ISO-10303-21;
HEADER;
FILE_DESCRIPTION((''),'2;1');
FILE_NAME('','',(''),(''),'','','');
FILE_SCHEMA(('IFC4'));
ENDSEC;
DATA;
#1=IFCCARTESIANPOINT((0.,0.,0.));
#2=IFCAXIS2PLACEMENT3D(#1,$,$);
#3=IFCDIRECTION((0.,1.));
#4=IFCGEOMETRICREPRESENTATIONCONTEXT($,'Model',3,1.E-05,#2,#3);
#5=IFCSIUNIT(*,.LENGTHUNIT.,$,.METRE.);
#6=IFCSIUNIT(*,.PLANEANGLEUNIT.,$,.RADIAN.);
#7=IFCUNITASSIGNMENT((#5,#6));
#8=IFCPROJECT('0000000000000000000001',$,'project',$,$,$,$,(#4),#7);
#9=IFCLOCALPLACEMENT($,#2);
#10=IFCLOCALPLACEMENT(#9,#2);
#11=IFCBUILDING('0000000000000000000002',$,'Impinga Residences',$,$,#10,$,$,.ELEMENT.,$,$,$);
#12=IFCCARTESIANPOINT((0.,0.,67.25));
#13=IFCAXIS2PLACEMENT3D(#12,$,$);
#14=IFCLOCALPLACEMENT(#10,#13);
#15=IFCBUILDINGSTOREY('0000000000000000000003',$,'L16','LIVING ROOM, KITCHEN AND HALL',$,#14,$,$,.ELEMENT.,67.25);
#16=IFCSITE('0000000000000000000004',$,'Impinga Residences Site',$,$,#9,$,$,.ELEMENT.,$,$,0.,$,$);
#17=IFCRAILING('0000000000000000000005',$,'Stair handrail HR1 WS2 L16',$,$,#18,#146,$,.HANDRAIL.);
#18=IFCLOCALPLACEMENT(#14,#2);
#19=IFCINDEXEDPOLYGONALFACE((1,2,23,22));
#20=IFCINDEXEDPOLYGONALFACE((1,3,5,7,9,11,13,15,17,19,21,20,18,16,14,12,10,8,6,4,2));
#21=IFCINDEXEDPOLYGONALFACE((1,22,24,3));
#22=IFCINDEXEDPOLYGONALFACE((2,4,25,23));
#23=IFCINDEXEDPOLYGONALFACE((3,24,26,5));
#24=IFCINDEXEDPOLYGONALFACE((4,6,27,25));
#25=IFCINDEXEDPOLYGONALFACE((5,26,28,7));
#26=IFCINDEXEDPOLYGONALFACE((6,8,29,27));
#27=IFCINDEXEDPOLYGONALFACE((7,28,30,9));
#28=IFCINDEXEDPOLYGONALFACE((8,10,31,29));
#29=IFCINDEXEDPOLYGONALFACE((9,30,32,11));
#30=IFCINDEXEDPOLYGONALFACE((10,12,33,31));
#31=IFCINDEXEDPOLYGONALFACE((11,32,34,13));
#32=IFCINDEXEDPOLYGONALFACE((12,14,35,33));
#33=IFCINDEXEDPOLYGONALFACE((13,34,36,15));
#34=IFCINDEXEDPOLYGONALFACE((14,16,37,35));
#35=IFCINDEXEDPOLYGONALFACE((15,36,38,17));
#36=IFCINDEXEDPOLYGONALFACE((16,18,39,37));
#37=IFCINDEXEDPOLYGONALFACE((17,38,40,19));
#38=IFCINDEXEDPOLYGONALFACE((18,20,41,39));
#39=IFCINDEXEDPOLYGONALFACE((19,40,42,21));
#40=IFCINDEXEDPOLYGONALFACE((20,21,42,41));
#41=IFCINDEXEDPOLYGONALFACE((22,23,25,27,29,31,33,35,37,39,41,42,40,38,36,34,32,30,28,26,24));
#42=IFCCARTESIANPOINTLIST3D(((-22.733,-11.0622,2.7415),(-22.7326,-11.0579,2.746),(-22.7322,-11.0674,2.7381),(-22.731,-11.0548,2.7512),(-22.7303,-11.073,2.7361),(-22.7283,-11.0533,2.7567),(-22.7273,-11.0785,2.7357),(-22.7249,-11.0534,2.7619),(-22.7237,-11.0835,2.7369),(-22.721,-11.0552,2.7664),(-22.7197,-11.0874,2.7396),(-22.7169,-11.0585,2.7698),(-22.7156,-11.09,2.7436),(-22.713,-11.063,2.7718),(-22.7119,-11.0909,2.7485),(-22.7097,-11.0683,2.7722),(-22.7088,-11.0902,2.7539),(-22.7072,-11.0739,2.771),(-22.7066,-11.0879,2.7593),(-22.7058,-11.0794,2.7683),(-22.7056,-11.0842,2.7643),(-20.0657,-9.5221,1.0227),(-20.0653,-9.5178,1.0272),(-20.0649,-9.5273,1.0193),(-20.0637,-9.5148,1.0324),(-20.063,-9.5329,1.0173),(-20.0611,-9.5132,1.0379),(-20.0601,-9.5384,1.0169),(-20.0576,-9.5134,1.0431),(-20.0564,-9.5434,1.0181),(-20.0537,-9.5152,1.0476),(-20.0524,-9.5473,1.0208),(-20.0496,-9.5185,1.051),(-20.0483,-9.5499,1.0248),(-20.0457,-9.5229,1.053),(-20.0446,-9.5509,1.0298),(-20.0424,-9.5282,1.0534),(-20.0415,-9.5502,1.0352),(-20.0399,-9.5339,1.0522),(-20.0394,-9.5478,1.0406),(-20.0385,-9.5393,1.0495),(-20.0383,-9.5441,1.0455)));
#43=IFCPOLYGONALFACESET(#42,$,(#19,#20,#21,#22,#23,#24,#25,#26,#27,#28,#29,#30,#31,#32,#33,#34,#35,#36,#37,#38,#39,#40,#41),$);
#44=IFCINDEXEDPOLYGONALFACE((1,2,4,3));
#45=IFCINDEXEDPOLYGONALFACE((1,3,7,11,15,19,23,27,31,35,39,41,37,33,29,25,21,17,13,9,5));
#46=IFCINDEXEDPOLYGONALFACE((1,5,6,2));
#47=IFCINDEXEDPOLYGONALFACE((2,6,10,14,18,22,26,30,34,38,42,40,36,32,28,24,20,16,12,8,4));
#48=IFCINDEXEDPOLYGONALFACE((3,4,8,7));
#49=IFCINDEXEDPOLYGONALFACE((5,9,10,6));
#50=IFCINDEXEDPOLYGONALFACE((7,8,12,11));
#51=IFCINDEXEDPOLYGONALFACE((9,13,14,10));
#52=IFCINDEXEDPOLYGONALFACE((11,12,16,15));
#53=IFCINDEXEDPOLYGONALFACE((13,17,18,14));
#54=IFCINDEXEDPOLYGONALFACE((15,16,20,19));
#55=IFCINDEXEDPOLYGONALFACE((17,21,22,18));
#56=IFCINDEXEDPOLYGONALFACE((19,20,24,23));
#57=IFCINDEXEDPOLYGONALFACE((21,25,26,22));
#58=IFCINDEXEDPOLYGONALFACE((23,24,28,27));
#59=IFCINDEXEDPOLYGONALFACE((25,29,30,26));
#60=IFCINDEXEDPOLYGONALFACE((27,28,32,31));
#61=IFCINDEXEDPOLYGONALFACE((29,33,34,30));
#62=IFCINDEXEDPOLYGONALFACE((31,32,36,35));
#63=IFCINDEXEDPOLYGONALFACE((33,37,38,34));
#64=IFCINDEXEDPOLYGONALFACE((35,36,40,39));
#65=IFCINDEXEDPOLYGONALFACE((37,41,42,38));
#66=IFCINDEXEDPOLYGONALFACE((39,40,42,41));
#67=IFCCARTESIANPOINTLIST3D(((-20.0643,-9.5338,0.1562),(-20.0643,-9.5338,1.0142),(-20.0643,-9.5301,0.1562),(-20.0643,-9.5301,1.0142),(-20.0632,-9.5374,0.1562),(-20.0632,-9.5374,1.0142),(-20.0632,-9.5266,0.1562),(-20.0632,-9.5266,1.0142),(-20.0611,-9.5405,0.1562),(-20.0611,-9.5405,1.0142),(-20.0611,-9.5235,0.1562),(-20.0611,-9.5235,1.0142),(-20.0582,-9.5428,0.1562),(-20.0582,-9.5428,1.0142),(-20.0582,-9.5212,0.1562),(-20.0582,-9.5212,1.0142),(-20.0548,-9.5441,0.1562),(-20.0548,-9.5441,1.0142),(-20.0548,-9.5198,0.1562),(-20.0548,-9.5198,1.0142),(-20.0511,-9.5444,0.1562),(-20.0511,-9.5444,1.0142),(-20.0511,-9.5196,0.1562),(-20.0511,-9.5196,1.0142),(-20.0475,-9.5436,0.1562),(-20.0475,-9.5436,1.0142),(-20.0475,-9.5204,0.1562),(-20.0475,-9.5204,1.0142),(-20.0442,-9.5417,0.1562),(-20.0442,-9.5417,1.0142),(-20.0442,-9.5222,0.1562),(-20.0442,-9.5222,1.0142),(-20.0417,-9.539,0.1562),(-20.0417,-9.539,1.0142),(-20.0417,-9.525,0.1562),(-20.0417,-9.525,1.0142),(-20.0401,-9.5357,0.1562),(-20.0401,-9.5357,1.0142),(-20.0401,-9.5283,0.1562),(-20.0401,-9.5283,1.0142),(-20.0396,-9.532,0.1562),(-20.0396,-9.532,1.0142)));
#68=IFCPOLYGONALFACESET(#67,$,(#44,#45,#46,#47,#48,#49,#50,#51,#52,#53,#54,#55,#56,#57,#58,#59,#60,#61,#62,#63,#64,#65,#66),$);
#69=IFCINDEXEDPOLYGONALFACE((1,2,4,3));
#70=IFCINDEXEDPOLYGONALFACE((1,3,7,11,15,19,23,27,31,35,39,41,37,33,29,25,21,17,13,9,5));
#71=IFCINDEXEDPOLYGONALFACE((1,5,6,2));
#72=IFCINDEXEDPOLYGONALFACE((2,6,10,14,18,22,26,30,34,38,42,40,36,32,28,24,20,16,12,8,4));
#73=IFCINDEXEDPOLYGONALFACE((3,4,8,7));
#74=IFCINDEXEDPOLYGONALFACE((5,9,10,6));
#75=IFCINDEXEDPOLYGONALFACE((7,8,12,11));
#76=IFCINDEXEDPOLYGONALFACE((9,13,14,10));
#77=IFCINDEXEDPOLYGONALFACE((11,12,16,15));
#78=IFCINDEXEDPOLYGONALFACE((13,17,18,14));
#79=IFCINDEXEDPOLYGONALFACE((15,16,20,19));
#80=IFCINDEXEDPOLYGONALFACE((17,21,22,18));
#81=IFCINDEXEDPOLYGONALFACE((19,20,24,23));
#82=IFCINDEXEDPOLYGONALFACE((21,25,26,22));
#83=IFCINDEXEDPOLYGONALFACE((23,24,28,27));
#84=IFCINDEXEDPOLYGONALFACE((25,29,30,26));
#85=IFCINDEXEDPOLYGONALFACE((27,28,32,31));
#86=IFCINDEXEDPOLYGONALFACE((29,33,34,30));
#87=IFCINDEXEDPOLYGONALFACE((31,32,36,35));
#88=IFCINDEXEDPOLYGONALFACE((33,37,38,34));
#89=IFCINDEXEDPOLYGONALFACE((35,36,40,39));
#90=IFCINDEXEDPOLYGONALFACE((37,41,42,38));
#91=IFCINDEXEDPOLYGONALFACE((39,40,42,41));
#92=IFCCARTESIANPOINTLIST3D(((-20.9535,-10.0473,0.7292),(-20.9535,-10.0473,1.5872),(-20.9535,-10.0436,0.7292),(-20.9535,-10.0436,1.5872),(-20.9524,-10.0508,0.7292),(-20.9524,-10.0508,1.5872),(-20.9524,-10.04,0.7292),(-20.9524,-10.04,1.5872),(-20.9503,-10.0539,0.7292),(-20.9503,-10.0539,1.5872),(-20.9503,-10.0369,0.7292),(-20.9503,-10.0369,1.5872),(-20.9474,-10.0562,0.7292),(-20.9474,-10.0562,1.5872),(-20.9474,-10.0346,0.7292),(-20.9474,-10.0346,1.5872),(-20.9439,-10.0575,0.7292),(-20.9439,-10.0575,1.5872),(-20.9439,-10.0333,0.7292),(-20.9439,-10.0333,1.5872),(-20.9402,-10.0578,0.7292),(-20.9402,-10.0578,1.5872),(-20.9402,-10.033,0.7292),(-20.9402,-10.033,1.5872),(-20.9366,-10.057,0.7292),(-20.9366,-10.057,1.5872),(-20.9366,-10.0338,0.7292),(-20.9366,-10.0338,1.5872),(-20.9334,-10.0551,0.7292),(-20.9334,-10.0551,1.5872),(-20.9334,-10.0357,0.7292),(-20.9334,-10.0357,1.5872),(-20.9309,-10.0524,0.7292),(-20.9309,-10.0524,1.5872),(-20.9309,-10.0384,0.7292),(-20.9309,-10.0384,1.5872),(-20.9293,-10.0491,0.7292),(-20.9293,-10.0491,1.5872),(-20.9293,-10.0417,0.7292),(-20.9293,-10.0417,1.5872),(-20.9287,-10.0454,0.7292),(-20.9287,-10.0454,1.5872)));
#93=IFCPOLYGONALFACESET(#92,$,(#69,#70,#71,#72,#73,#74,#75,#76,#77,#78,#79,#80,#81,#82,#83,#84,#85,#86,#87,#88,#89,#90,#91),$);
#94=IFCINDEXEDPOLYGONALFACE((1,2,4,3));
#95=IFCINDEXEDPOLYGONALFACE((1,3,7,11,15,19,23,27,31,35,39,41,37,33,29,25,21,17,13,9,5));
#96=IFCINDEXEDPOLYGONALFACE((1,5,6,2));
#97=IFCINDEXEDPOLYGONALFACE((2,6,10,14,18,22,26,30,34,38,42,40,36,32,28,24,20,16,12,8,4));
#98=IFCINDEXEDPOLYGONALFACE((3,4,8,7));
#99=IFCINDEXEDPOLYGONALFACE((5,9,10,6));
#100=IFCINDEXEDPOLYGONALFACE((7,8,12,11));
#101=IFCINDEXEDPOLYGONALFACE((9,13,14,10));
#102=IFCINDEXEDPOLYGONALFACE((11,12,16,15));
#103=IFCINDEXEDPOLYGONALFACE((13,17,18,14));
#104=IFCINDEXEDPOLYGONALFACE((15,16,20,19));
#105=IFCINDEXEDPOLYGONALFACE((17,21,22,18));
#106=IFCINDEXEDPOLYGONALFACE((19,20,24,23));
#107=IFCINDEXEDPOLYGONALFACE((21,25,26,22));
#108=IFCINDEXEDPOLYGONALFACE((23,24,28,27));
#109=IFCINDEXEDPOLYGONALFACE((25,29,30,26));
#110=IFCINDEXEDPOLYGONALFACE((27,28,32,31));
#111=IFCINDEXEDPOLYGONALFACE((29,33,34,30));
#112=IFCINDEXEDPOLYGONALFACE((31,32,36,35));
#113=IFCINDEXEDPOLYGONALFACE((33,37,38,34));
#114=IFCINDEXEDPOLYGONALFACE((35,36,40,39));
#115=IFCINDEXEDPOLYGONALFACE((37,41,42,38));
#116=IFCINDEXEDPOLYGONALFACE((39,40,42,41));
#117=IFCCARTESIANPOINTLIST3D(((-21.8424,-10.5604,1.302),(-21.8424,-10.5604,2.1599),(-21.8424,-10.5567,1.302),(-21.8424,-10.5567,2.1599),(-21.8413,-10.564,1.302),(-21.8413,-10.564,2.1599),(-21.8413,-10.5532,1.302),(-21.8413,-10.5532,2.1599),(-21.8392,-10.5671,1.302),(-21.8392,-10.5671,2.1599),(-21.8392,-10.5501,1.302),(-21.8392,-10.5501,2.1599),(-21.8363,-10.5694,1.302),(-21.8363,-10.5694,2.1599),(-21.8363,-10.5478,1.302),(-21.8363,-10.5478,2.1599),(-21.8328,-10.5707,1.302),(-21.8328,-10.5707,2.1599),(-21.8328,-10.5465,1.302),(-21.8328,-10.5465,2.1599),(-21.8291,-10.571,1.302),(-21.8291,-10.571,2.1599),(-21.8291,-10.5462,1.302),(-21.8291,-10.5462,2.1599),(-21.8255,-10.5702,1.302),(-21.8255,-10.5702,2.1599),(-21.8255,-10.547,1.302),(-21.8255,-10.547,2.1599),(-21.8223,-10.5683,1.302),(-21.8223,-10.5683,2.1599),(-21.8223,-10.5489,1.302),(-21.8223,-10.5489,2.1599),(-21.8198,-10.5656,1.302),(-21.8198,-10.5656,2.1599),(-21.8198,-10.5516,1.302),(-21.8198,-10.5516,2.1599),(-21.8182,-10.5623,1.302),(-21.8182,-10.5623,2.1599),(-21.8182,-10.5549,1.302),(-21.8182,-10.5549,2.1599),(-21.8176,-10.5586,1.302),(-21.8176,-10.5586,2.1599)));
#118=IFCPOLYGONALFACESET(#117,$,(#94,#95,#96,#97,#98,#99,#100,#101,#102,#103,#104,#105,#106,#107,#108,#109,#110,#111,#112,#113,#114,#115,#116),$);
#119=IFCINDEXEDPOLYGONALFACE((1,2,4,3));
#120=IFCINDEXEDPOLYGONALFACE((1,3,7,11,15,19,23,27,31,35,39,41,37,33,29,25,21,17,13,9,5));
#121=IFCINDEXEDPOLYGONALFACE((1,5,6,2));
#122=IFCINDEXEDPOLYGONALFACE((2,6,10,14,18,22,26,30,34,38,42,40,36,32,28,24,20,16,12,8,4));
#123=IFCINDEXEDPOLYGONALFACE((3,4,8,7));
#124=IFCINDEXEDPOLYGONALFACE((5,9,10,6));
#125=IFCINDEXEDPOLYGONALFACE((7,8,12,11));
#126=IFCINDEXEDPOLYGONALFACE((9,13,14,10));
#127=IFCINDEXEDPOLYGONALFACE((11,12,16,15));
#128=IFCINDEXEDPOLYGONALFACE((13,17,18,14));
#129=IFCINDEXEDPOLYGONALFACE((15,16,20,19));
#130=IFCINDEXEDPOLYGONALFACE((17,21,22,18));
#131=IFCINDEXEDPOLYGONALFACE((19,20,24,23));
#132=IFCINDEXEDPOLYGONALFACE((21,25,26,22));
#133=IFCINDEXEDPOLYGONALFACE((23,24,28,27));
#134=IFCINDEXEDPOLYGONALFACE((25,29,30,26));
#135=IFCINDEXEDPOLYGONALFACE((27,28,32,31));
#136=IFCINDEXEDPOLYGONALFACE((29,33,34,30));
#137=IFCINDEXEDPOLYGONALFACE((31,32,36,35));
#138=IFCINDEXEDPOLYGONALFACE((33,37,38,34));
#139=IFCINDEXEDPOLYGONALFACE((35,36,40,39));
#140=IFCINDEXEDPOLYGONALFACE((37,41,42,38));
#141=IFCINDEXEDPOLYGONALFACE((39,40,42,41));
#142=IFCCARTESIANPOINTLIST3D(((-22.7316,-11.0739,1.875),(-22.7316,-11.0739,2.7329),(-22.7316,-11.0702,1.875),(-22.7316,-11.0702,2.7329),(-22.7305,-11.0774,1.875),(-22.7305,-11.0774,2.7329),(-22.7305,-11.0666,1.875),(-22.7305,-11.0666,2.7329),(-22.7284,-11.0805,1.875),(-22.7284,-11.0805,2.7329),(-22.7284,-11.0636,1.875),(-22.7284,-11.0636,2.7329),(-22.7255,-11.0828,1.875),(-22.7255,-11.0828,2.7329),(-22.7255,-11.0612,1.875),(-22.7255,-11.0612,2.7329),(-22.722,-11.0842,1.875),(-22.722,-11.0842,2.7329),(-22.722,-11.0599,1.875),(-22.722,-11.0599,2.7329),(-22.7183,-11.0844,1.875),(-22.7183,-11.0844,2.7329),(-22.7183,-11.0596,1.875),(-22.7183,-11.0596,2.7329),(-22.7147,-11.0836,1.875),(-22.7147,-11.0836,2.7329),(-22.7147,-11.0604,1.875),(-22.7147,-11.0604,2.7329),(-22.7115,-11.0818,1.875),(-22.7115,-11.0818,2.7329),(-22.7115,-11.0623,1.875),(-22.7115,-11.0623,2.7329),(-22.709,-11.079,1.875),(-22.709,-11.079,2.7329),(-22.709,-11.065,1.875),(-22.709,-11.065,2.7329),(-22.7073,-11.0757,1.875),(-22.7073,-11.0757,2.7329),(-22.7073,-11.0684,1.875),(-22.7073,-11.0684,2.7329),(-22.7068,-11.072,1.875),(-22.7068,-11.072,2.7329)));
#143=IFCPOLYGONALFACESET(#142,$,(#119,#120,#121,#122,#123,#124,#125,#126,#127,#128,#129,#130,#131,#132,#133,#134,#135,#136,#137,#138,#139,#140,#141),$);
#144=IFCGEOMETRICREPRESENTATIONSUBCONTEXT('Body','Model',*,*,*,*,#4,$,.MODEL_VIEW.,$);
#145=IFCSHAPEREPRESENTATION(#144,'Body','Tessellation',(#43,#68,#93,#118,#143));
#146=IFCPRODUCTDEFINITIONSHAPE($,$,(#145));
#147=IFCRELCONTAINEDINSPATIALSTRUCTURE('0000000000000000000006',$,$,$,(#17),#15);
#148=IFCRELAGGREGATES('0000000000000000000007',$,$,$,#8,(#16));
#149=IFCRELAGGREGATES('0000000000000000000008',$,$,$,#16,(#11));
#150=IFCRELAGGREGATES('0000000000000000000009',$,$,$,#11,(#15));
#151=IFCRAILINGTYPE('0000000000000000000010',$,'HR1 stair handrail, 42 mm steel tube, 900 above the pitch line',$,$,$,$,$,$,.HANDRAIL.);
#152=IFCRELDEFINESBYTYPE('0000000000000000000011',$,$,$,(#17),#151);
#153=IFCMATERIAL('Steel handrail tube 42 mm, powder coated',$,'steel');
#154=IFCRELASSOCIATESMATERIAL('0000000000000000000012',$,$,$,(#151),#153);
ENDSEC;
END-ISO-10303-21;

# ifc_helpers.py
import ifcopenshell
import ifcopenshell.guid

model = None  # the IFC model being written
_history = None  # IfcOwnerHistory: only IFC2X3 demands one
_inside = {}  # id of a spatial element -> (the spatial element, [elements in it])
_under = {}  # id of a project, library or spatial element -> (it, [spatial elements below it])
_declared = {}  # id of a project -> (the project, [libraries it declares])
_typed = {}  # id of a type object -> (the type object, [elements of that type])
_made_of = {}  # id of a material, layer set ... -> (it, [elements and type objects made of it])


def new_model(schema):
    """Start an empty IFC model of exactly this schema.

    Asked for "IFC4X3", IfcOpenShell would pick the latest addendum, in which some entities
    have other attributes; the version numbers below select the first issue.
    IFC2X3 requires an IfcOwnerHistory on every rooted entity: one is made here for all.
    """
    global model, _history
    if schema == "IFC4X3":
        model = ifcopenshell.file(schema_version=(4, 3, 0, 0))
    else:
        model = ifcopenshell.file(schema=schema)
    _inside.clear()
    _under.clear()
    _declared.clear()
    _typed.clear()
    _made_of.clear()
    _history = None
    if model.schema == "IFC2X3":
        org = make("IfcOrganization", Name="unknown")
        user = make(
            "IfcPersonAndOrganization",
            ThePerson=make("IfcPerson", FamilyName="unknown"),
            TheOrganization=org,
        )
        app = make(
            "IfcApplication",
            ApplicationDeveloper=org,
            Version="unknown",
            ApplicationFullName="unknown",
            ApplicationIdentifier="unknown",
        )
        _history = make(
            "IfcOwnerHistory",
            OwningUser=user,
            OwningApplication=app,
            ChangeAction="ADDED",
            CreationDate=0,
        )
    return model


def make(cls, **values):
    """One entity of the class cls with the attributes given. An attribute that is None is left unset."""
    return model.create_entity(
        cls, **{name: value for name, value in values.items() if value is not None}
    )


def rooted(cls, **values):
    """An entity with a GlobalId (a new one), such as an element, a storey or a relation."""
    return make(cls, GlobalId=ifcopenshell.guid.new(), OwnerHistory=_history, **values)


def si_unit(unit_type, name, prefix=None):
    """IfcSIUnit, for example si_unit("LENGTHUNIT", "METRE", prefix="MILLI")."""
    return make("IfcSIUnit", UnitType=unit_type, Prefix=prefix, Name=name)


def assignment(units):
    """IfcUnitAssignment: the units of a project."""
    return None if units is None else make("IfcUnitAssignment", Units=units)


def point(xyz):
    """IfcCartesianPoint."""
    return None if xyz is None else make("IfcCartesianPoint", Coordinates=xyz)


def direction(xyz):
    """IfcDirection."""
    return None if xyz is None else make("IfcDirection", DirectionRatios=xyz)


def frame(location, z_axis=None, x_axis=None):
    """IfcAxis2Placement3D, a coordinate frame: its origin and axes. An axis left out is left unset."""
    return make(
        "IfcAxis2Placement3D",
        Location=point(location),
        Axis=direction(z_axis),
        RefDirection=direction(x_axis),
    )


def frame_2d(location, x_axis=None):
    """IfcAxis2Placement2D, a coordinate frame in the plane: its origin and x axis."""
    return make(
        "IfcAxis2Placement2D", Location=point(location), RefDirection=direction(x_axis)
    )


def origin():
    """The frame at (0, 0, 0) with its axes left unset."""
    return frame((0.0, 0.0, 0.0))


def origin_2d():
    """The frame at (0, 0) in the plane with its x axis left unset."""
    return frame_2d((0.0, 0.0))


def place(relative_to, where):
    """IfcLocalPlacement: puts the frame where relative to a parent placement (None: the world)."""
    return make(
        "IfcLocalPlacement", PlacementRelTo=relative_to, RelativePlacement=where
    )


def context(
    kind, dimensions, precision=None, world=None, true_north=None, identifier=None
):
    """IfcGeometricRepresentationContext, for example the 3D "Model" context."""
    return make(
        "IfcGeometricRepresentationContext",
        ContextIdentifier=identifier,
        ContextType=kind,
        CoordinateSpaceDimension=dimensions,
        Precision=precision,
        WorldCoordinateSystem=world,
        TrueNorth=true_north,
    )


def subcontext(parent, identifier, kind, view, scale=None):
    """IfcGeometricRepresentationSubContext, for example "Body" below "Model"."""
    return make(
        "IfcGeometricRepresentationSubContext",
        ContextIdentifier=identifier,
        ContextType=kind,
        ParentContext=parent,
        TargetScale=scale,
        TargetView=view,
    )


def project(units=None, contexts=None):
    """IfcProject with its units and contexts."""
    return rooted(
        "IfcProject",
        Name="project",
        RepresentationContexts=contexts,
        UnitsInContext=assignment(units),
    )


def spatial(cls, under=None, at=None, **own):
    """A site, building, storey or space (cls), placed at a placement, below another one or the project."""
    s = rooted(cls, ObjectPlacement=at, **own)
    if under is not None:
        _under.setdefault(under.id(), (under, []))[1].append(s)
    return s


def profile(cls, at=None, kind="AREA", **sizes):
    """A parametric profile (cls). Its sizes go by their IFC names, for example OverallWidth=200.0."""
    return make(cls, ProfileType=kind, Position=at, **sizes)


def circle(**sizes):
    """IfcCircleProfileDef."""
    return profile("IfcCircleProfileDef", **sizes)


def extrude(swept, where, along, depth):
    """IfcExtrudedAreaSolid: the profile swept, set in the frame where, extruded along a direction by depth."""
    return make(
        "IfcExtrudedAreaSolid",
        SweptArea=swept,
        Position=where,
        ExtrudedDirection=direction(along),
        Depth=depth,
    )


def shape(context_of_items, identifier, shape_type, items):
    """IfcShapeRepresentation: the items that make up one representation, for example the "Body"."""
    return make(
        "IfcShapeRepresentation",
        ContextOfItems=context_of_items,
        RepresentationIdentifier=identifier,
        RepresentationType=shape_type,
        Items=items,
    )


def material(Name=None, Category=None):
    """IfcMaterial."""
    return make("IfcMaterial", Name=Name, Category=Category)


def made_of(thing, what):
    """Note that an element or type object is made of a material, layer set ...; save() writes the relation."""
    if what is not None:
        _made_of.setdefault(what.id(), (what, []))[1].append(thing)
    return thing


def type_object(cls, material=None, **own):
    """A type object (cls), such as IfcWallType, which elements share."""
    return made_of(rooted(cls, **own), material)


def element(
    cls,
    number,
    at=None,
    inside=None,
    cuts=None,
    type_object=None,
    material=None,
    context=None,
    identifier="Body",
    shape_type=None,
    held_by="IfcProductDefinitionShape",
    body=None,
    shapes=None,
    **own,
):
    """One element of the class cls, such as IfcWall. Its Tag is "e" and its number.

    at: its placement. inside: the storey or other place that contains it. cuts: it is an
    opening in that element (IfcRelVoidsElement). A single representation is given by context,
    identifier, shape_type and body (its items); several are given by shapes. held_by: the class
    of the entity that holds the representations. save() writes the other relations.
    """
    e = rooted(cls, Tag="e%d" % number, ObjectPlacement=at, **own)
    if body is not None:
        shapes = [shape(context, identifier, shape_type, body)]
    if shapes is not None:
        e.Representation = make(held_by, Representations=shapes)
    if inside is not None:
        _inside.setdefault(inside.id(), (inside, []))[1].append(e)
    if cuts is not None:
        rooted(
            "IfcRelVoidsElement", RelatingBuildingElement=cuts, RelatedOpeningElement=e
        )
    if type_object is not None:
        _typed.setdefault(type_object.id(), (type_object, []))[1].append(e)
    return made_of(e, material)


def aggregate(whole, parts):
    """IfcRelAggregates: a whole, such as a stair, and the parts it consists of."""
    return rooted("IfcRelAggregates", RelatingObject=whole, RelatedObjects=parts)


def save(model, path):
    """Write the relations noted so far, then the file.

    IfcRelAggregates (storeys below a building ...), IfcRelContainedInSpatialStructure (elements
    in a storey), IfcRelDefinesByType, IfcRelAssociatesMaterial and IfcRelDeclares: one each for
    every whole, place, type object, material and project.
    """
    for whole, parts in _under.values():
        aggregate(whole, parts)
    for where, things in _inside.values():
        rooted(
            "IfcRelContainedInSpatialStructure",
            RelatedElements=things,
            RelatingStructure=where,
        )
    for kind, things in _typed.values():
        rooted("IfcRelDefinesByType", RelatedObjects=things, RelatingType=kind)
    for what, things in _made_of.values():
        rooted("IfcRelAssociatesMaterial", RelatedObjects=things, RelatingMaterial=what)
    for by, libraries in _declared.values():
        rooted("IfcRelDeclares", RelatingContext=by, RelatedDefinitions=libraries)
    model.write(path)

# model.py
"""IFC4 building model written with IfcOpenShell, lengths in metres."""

from ifc_helpers import new_model, si_unit, direction, frame, origin, origin_2d, place, context, subcontext, project, spatial, circle, extrude, material, type_object, element, save


model = new_model("IFC4")

# Units and contexts
model_context = context("Model", 3, precision=1e-05, world=origin(), true_north=direction((0.0, 1.0)))
body_context = subcontext(model_context, "Body", "Model", "MODEL_VIEW")
ifc_project = project(units=[si_unit("LENGTHUNIT", "METRE"), si_unit("PLANEANGLEUNIT", "RADIAN")], contexts=[model_context])

# Site, building, storey
site_placement = place(None, origin())
site = spatial("IfcSite", under=ifc_project, at=site_placement, Name="Impinga Residences Site", CompositionType="ELEMENT", RefElevation=0.0)
building_placement = place(site_placement, origin())
building = spatial("IfcBuilding", under=site, at=building_placement, Name="Impinga Residences", CompositionType="ELEMENT")
storey_placement = place(building_placement, frame((0.0, 0.0, 67.25)))
storey = spatial("IfcBuildingStorey", under=building, at=storey_placement, Name="L16", Description="LIVING ROOM, KITCHEN AND HALL", CompositionType="ELEMENT", Elevation=67.25)

# Railing
ifc_material_1 = material(Name="Steel handrail tube 42 mm, powder coated", Category="steel")
railing_type_1 = type_object("IfcRailingType", Name="HR1 stair handrail, 42 mm steel tube, 900 above the pitch line", PredefinedType="HANDRAIL", material=ifc_material_1)
railing_1_placement = place(storey_placement, frame((-20.052, -9.532, 0.1562)))
element("IfcRailing", 1, at=railing_1_placement, inside=storey, type_object=railing_type_1, Name="Stair handrail HR1 WS2 L16", PredefinedType="HANDRAIL", context=body_context, shape_type="SweptSolid", body=[
    extrude(circle(Radius=0.021, at=origin_2d()), frame((0.0, 0.0, 0.8789), z_axis=(-0.756226, -0.436639, 0.487307), x_axis=(0.500027, -0.86601, 0.0)), (0.0, 0.0, 1.0), 3.5271),
    extrude(circle(Radius=0.0125, at=origin_2d()), origin(), (0.0, 0.0, 1.0), 0.8579),
    extrude(circle(Radius=0.0125, at=origin_2d()), frame((-0.8892, -0.5134, 0.573)), (0.0, 0.0, 1.0), 0.8579),
    extrude(circle(Radius=0.0125, at=origin_2d()), frame((-1.7781, -1.0266, 1.1458)), (0.0, 0.0, 1.0), 0.8579),
    extrude(circle(Radius=0.0125, at=origin_2d()), frame((-2.6672, -1.54, 1.7188)), (0.0, 0.0, 1.0), 0.8579),
])

save(model, "model.ifc")
